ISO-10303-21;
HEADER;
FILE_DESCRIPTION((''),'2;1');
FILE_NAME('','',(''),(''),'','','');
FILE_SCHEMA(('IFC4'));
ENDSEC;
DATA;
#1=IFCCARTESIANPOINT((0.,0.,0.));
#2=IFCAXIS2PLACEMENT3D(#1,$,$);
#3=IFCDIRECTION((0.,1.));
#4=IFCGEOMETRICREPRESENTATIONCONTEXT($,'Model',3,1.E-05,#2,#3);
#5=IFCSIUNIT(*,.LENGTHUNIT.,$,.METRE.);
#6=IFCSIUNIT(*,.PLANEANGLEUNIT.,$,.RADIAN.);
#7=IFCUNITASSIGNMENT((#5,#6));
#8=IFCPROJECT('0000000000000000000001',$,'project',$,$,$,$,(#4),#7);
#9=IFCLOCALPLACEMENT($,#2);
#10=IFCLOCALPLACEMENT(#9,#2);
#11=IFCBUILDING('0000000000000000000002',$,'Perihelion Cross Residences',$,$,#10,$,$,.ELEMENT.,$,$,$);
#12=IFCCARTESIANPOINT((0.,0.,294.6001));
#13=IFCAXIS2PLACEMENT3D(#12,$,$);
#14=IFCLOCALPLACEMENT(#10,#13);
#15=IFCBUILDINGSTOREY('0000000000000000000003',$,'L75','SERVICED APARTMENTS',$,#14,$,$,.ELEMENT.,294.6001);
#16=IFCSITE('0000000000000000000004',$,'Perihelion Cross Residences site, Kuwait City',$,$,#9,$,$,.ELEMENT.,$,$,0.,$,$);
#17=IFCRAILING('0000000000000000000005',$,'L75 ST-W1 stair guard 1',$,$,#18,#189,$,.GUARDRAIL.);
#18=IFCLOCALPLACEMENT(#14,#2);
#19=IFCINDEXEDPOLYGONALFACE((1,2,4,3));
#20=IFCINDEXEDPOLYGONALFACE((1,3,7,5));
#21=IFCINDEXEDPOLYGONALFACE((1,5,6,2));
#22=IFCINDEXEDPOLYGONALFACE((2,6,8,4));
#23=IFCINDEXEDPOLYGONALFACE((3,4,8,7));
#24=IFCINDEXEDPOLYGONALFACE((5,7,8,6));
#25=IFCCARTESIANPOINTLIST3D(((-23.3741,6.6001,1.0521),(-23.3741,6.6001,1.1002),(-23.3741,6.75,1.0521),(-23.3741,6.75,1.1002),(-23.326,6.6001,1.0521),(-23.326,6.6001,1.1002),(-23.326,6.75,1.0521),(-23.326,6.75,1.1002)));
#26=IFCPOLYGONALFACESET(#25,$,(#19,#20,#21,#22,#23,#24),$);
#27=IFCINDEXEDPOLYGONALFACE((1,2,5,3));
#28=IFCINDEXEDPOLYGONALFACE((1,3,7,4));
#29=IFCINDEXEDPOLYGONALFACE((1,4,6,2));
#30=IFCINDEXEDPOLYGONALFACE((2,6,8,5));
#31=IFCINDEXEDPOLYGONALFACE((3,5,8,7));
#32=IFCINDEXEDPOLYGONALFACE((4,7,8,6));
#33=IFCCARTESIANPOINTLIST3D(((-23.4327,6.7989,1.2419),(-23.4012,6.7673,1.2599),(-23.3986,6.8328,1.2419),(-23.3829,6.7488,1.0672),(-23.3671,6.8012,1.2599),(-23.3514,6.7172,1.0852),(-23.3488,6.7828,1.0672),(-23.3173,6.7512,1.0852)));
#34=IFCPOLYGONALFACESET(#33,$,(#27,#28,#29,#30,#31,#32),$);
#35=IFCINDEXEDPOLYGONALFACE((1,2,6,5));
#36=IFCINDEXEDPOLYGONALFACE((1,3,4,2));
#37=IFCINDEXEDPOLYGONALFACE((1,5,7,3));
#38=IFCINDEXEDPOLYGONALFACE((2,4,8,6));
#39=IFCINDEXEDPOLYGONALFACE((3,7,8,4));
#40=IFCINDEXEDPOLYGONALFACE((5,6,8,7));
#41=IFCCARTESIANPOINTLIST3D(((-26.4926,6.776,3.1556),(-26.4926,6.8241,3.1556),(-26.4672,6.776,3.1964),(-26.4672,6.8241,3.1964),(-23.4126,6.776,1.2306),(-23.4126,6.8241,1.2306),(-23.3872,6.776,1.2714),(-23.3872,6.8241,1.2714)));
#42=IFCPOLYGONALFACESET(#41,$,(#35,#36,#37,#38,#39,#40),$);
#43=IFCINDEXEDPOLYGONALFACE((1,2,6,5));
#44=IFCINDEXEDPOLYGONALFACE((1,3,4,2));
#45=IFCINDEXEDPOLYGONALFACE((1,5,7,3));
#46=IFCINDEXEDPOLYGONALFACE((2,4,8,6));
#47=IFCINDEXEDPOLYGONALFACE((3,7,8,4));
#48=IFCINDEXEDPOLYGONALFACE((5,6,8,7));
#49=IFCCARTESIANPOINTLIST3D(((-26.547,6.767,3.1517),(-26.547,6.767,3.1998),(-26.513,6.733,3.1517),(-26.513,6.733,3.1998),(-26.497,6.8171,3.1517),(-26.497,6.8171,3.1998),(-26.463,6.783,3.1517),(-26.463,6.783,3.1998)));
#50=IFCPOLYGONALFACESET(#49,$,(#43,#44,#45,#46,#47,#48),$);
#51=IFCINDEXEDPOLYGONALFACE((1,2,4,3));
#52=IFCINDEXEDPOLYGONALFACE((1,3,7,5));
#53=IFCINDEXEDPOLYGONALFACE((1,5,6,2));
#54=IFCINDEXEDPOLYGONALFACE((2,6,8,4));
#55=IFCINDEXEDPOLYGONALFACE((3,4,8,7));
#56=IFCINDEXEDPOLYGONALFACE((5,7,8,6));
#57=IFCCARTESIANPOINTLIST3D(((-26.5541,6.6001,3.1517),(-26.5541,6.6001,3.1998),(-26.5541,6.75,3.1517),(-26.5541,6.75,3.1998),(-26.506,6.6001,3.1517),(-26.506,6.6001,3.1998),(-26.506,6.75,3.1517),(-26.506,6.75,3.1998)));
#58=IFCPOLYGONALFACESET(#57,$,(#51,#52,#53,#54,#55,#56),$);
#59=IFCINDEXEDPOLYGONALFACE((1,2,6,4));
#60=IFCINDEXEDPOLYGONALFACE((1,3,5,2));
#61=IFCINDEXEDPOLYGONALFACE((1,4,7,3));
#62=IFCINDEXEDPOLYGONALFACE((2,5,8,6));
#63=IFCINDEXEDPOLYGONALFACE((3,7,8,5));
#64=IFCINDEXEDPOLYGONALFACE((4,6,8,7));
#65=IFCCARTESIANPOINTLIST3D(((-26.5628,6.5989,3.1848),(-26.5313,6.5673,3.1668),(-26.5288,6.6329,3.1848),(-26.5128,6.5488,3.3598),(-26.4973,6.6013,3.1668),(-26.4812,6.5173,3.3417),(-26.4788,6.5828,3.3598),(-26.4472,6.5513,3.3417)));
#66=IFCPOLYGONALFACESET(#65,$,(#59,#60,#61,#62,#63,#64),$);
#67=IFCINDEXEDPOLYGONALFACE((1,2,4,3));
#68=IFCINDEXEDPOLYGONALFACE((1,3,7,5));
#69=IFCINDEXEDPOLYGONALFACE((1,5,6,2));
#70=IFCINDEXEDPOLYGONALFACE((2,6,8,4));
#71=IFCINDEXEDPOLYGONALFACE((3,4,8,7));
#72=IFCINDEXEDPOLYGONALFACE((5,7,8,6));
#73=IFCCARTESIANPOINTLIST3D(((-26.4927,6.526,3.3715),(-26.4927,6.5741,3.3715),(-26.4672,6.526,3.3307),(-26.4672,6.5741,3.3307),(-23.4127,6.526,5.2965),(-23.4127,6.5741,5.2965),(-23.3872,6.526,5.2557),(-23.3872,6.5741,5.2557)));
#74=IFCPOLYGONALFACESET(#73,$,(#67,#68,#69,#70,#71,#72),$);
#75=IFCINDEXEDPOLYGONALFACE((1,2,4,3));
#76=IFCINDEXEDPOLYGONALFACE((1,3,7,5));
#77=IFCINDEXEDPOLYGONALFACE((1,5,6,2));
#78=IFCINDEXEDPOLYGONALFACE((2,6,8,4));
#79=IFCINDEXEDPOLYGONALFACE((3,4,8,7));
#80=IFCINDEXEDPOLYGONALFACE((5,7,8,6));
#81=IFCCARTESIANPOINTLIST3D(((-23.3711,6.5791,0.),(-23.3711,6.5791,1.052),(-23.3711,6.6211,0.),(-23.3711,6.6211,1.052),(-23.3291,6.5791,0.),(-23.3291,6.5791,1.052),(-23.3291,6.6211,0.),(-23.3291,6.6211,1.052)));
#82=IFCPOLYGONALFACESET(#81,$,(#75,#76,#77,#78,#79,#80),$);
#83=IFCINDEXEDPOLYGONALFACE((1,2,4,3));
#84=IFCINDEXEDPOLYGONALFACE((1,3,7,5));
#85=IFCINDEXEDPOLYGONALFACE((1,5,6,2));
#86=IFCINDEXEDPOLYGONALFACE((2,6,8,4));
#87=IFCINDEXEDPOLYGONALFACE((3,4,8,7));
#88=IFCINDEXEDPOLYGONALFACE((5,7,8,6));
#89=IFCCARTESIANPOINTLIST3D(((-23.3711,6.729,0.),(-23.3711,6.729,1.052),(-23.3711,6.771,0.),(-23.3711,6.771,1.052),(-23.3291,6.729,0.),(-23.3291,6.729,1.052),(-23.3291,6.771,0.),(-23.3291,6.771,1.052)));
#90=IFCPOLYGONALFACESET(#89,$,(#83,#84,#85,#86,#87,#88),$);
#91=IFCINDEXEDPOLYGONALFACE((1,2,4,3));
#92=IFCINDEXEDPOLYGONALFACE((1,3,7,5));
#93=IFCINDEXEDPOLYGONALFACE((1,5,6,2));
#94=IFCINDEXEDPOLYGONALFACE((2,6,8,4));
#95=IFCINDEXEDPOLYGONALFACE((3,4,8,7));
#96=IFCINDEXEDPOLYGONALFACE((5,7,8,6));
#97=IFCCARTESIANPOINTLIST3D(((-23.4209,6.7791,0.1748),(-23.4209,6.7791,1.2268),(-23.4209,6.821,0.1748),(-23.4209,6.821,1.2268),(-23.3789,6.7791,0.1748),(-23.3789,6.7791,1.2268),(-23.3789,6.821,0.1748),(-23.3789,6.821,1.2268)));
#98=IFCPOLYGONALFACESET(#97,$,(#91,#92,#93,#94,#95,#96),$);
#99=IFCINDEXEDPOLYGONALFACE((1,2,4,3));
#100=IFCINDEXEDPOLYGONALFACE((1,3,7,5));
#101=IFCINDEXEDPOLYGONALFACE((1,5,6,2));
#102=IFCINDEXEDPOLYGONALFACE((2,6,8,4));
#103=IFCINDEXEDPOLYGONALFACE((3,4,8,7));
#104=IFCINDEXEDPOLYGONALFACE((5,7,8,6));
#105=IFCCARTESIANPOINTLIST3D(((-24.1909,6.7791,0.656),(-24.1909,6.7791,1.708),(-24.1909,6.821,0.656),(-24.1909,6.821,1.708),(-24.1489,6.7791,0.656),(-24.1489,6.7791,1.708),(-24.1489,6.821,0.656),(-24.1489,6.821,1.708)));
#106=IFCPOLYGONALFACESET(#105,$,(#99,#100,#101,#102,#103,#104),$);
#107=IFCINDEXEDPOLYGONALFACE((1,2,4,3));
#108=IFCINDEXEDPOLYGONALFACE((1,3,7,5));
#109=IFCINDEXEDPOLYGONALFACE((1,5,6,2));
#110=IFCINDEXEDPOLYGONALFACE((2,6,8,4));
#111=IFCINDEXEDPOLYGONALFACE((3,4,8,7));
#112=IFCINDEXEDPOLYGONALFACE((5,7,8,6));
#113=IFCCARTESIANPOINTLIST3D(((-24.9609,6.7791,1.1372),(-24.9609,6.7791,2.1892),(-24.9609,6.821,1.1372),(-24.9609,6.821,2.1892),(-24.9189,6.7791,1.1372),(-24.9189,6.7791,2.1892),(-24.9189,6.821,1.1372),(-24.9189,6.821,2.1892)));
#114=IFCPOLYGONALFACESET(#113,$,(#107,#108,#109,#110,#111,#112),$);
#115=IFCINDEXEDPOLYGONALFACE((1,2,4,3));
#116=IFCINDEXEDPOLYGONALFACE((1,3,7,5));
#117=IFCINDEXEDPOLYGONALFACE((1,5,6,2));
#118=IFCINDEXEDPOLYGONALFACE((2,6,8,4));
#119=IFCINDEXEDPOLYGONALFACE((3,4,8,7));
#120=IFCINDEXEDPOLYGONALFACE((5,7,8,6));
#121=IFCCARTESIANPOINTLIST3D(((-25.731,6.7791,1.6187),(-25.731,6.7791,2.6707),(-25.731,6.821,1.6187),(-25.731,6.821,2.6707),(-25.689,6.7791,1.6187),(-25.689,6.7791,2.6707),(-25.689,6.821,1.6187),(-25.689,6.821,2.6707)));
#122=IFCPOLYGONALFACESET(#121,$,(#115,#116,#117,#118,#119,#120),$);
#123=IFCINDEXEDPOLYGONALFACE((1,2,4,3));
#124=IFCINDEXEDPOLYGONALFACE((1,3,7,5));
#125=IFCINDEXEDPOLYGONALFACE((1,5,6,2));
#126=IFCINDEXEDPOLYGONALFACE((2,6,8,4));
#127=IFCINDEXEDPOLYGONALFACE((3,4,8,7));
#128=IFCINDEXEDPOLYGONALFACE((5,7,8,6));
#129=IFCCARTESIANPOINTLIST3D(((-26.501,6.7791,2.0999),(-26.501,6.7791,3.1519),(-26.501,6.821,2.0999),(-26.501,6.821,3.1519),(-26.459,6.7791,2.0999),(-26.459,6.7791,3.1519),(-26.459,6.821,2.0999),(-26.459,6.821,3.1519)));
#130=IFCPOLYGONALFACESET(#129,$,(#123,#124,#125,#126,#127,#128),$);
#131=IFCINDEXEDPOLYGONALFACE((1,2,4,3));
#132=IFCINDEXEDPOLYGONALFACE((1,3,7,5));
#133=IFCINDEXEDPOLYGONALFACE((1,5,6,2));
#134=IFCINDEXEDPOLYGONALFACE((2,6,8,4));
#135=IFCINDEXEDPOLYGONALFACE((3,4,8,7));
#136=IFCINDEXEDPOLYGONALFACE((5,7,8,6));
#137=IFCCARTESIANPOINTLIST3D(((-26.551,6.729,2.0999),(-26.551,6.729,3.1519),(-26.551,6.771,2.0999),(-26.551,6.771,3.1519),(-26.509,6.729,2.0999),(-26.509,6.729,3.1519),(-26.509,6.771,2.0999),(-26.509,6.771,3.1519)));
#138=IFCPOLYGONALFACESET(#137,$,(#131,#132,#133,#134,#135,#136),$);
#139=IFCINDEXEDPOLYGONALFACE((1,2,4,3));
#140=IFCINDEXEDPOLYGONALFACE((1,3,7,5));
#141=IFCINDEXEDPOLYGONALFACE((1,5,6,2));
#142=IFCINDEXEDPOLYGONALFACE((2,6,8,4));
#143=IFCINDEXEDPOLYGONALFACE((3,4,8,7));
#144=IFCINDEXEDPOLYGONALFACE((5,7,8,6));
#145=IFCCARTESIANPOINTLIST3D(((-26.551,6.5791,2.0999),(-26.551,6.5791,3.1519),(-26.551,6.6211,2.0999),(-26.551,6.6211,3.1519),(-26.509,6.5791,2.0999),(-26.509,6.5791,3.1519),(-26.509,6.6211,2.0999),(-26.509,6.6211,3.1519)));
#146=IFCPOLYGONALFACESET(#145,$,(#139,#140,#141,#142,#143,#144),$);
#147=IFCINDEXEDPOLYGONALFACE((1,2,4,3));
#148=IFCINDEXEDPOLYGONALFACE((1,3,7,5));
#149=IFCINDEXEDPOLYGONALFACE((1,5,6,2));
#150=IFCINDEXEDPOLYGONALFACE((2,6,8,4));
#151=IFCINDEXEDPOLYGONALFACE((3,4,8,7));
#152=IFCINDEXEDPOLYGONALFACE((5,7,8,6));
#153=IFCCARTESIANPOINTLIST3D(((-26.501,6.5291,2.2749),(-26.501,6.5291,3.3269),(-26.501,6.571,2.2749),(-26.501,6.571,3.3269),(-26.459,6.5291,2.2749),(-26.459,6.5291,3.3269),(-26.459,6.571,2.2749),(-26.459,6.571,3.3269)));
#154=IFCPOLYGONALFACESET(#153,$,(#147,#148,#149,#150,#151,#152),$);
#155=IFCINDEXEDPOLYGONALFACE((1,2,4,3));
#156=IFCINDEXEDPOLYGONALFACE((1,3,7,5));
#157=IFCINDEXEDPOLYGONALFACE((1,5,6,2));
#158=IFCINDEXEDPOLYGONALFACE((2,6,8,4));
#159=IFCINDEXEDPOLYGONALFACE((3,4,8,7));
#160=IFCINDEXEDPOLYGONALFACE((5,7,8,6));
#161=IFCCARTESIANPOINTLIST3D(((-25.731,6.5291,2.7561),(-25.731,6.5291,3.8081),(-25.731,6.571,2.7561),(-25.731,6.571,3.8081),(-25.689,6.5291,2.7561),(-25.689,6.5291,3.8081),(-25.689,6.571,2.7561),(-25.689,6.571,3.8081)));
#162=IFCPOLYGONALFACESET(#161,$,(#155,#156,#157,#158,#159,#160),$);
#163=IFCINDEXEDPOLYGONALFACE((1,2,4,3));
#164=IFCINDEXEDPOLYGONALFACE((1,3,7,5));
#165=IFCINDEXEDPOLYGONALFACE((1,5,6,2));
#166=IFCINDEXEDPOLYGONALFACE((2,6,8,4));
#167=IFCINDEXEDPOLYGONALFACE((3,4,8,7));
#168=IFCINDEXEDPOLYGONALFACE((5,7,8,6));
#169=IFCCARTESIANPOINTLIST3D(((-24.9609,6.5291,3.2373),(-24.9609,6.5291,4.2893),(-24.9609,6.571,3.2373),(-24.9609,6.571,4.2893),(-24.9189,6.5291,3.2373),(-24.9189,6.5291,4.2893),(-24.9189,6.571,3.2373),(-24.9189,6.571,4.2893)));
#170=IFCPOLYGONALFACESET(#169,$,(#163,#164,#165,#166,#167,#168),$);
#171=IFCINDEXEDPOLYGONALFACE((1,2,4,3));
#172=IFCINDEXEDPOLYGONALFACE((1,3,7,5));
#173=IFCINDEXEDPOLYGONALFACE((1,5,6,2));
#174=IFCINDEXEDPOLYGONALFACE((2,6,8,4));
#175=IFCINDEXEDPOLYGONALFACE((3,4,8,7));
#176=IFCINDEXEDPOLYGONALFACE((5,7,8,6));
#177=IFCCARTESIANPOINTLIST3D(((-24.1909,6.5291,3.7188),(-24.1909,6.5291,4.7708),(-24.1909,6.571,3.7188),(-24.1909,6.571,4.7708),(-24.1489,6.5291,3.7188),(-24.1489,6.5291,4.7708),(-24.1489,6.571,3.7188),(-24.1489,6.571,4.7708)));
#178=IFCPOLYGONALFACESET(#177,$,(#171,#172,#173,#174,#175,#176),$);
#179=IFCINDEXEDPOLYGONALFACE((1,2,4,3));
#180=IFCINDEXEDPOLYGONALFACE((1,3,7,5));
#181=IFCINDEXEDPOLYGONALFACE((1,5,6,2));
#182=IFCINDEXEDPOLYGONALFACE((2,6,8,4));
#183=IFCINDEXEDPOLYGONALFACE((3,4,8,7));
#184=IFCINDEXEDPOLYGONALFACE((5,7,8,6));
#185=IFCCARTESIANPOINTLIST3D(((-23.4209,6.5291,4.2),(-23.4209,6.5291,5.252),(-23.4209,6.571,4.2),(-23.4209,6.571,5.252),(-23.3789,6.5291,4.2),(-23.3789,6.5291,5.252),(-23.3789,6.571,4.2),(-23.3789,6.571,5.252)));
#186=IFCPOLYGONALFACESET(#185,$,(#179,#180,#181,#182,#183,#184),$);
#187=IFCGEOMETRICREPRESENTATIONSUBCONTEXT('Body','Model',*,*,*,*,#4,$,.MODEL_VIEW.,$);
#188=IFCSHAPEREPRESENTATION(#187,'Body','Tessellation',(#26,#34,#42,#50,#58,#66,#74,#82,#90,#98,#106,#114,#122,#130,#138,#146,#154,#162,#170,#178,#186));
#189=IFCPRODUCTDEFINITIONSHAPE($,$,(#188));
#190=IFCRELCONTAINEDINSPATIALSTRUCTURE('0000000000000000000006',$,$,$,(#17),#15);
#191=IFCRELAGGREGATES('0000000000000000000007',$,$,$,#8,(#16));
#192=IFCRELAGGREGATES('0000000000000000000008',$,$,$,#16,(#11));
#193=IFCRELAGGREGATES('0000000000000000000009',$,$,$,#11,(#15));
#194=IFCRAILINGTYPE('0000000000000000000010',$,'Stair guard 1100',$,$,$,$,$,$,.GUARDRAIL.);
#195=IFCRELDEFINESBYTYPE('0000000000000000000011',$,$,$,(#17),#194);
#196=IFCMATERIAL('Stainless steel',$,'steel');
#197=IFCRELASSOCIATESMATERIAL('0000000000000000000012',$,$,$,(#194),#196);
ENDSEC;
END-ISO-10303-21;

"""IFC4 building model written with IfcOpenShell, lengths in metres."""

from ifc_helpers import new_model, si_unit, direction, frame, origin, origin_2d, place, context, subcontext, project, spatial, rectangle, extrude, material, type_object, element, save


model = new_model("IFC4")

# Units and contexts
model_context = context("Model", 3, precision=1e-05, world=origin(), true_north=direction((0.0, 1.0)))
body_context = subcontext(model_context, "Body", "Model", "MODEL_VIEW")
ifc_project = project(units=[si_unit("LENGTHUNIT", "METRE"), si_unit("PLANEANGLEUNIT", "RADIAN")], contexts=[model_context])

# Site, building, storey
site_placement = place(None, origin())
site = spatial("IfcSite", under=ifc_project, at=site_placement, Name="Perihelion Cross Residences site, Kuwait City", CompositionType="ELEMENT", RefElevation=0.0)
building_placement = place(site_placement, origin())
building = spatial("IfcBuilding", under=site, at=building_placement, Name="Perihelion Cross Residences", CompositionType="ELEMENT")
storey_placement = place(building_placement, frame((0.0, 0.0, 294.6001)))
storey = spatial("IfcBuildingStorey", under=building, at=storey_placement, Name="L75", Description="SERVICED APARTMENTS", CompositionType="ELEMENT", Elevation=294.6001)

# Railing
ifc_material_1 = material(Name="Stainless steel", Category="steel")
railing_type_1 = type_object("IfcRailingType", Name="Stair guard 1100", PredefinedType="GUARDRAIL", material=ifc_material_1)
railing_1_placement = place(storey_placement, frame((-23.3501, 6.6001, 0.0)))
element("IfcRailing", 1, at=railing_1_placement, inside=storey, type_object=railing_type_1, Name="L75 ST-W1 stair guard 1", PredefinedType="GUARDRAIL", context=body_context, shape_type="SweptSolid", body=[
    extrude(rectangle(XDim=0.0481, YDim=0.0481, at=origin_2d()), frame((0.0, 0.0, 1.0762), z_axis=(0.0, 1.0, 0.0), x_axis=(-1.0, 0.0, 0.0)), (0.0, 0.0, 1.0), 0.1499),
    extrude(rectangle(XDim=0.0481, YDim=0.0481, at=origin_2d()), frame((0.0, 0.1499, 1.0762), z_axis=(-0.264179, 0.265474, 0.927218), x_axis=(-0.708834, -0.705376, 0.0)), (0.0, 0.0, 1.0), 0.1885),
    extrude(rectangle(XDim=0.0481, YDim=0.0481, at=origin_2d()), frame((-0.0498, 0.2, 1.251), z_axis=(-0.847998, 0.0, 0.529999), x_axis=(0.0, -1.0, 0.0)), (0.0, 0.0, 1.0), 3.6321),
    extrude(rectangle(XDim=0.0481, YDim=0.0481, at=origin_2d()), frame((-3.1299, 0.2, 3.1758), z_axis=(-0.707107, -0.707107, 0.0), x_axis=(0.707107, -0.707107, 0.0)), (0.0, 0.0, 1.0), 0.0708),
    extrude(rectangle(XDim=0.0481, YDim=0.0481, at=origin_2d()), frame((-3.1799, 0.1499, 3.1758), z_axis=(0.0, -1.0, 0.0), x_axis=(1.0, 0.0, 0.0)), (0.0, 0.0, 1.0), 0.1499),
    extrude(rectangle(XDim=0.0481, YDim=0.0481, at=origin_2d()), frame((-3.1799, 0.0, 3.1758), z_axis=(0.265065, -0.265065, 0.927082), x_axis=(0.707107, 0.707107, 0.0)), (0.0, 0.0, 1.0), 0.1887),
    extrude(rectangle(XDim=0.0481, YDim=0.0481, at=origin_2d()), frame((-3.1299, -0.05, 3.3511), z_axis=(0.847998, 0.0, 0.529999), x_axis=(0.0, 1.0, 0.0)), (0.0, 0.0, 1.0), 3.6321),
    extrude(rectangle(XDim=0.042, YDim=0.042, at=origin_2d()), origin(), (0.0, 0.0, 1.0), 1.052),
    extrude(rectangle(XDim=0.042, YDim=0.042, at=origin_2d()), frame((0.0, 0.1499, 0.0)), (0.0, 0.0, 1.0), 1.052),
    extrude(rectangle(XDim=0.042, YDim=0.042, at=origin_2d()), frame((-0.0498, 0.2, 0.1748)), (0.0, 0.0, 1.0), 1.052),
    extrude(rectangle(XDim=0.042, YDim=0.042, at=origin_2d()), frame((-0.8198, 0.2, 0.656)), (0.0, 0.0, 1.0), 1.052),
    extrude(rectangle(XDim=0.042, YDim=0.042, at=origin_2d()), frame((-1.5898, 0.2, 1.1372)), (0.0, 0.0, 1.0), 1.052),
    extrude(rectangle(XDim=0.042, YDim=0.042, at=origin_2d()), frame((-2.3599, 0.2, 1.6187)), (0.0, 0.0, 1.0), 1.052),
    extrude(rectangle(XDim=0.042, YDim=0.042, at=origin_2d()), frame((-3.1299, 0.2, 2.0999)), (0.0, 0.0, 1.0), 1.052),
    extrude(rectangle(XDim=0.042, YDim=0.042, at=origin_2d()), frame((-3.1799, 0.1499, 2.0999)), (0.0, 0.0, 1.0), 1.052),
    extrude(rectangle(XDim=0.042, YDim=0.042, at=origin_2d()), frame((-3.1799, 0.0, 2.0999)), (0.0, 0.0, 1.0), 1.052),
    extrude(rectangle(XDim=0.042, YDim=0.042, at=origin_2d()), frame((-3.1299, -0.05, 2.2749)), (0.0, 0.0, 1.0), 1.052),
    extrude(rectangle(XDim=0.042, YDim=0.042, at=origin_2d()), frame((-2.3599, -0.05, 2.7561)), (0.0, 0.0, 1.0), 1.052),
    extrude(rectangle(XDim=0.042, YDim=0.042, at=origin_2d()), frame((-1.5898, -0.05, 3.2373)), (0.0, 0.0, 1.0), 1.052),
    extrude(rectangle(XDim=0.042, YDim=0.042, at=origin_2d()), frame((-0.8198, -0.05, 3.7188)), (0.0, 0.0, 1.0), 1.052),
    extrude(rectangle(XDim=0.042, YDim=0.042, at=origin_2d()), frame((-0.0498, -0.05, 4.2)), (0.0, 0.0, 1.0), 1.052),
])

save(model, "model.ifc")
